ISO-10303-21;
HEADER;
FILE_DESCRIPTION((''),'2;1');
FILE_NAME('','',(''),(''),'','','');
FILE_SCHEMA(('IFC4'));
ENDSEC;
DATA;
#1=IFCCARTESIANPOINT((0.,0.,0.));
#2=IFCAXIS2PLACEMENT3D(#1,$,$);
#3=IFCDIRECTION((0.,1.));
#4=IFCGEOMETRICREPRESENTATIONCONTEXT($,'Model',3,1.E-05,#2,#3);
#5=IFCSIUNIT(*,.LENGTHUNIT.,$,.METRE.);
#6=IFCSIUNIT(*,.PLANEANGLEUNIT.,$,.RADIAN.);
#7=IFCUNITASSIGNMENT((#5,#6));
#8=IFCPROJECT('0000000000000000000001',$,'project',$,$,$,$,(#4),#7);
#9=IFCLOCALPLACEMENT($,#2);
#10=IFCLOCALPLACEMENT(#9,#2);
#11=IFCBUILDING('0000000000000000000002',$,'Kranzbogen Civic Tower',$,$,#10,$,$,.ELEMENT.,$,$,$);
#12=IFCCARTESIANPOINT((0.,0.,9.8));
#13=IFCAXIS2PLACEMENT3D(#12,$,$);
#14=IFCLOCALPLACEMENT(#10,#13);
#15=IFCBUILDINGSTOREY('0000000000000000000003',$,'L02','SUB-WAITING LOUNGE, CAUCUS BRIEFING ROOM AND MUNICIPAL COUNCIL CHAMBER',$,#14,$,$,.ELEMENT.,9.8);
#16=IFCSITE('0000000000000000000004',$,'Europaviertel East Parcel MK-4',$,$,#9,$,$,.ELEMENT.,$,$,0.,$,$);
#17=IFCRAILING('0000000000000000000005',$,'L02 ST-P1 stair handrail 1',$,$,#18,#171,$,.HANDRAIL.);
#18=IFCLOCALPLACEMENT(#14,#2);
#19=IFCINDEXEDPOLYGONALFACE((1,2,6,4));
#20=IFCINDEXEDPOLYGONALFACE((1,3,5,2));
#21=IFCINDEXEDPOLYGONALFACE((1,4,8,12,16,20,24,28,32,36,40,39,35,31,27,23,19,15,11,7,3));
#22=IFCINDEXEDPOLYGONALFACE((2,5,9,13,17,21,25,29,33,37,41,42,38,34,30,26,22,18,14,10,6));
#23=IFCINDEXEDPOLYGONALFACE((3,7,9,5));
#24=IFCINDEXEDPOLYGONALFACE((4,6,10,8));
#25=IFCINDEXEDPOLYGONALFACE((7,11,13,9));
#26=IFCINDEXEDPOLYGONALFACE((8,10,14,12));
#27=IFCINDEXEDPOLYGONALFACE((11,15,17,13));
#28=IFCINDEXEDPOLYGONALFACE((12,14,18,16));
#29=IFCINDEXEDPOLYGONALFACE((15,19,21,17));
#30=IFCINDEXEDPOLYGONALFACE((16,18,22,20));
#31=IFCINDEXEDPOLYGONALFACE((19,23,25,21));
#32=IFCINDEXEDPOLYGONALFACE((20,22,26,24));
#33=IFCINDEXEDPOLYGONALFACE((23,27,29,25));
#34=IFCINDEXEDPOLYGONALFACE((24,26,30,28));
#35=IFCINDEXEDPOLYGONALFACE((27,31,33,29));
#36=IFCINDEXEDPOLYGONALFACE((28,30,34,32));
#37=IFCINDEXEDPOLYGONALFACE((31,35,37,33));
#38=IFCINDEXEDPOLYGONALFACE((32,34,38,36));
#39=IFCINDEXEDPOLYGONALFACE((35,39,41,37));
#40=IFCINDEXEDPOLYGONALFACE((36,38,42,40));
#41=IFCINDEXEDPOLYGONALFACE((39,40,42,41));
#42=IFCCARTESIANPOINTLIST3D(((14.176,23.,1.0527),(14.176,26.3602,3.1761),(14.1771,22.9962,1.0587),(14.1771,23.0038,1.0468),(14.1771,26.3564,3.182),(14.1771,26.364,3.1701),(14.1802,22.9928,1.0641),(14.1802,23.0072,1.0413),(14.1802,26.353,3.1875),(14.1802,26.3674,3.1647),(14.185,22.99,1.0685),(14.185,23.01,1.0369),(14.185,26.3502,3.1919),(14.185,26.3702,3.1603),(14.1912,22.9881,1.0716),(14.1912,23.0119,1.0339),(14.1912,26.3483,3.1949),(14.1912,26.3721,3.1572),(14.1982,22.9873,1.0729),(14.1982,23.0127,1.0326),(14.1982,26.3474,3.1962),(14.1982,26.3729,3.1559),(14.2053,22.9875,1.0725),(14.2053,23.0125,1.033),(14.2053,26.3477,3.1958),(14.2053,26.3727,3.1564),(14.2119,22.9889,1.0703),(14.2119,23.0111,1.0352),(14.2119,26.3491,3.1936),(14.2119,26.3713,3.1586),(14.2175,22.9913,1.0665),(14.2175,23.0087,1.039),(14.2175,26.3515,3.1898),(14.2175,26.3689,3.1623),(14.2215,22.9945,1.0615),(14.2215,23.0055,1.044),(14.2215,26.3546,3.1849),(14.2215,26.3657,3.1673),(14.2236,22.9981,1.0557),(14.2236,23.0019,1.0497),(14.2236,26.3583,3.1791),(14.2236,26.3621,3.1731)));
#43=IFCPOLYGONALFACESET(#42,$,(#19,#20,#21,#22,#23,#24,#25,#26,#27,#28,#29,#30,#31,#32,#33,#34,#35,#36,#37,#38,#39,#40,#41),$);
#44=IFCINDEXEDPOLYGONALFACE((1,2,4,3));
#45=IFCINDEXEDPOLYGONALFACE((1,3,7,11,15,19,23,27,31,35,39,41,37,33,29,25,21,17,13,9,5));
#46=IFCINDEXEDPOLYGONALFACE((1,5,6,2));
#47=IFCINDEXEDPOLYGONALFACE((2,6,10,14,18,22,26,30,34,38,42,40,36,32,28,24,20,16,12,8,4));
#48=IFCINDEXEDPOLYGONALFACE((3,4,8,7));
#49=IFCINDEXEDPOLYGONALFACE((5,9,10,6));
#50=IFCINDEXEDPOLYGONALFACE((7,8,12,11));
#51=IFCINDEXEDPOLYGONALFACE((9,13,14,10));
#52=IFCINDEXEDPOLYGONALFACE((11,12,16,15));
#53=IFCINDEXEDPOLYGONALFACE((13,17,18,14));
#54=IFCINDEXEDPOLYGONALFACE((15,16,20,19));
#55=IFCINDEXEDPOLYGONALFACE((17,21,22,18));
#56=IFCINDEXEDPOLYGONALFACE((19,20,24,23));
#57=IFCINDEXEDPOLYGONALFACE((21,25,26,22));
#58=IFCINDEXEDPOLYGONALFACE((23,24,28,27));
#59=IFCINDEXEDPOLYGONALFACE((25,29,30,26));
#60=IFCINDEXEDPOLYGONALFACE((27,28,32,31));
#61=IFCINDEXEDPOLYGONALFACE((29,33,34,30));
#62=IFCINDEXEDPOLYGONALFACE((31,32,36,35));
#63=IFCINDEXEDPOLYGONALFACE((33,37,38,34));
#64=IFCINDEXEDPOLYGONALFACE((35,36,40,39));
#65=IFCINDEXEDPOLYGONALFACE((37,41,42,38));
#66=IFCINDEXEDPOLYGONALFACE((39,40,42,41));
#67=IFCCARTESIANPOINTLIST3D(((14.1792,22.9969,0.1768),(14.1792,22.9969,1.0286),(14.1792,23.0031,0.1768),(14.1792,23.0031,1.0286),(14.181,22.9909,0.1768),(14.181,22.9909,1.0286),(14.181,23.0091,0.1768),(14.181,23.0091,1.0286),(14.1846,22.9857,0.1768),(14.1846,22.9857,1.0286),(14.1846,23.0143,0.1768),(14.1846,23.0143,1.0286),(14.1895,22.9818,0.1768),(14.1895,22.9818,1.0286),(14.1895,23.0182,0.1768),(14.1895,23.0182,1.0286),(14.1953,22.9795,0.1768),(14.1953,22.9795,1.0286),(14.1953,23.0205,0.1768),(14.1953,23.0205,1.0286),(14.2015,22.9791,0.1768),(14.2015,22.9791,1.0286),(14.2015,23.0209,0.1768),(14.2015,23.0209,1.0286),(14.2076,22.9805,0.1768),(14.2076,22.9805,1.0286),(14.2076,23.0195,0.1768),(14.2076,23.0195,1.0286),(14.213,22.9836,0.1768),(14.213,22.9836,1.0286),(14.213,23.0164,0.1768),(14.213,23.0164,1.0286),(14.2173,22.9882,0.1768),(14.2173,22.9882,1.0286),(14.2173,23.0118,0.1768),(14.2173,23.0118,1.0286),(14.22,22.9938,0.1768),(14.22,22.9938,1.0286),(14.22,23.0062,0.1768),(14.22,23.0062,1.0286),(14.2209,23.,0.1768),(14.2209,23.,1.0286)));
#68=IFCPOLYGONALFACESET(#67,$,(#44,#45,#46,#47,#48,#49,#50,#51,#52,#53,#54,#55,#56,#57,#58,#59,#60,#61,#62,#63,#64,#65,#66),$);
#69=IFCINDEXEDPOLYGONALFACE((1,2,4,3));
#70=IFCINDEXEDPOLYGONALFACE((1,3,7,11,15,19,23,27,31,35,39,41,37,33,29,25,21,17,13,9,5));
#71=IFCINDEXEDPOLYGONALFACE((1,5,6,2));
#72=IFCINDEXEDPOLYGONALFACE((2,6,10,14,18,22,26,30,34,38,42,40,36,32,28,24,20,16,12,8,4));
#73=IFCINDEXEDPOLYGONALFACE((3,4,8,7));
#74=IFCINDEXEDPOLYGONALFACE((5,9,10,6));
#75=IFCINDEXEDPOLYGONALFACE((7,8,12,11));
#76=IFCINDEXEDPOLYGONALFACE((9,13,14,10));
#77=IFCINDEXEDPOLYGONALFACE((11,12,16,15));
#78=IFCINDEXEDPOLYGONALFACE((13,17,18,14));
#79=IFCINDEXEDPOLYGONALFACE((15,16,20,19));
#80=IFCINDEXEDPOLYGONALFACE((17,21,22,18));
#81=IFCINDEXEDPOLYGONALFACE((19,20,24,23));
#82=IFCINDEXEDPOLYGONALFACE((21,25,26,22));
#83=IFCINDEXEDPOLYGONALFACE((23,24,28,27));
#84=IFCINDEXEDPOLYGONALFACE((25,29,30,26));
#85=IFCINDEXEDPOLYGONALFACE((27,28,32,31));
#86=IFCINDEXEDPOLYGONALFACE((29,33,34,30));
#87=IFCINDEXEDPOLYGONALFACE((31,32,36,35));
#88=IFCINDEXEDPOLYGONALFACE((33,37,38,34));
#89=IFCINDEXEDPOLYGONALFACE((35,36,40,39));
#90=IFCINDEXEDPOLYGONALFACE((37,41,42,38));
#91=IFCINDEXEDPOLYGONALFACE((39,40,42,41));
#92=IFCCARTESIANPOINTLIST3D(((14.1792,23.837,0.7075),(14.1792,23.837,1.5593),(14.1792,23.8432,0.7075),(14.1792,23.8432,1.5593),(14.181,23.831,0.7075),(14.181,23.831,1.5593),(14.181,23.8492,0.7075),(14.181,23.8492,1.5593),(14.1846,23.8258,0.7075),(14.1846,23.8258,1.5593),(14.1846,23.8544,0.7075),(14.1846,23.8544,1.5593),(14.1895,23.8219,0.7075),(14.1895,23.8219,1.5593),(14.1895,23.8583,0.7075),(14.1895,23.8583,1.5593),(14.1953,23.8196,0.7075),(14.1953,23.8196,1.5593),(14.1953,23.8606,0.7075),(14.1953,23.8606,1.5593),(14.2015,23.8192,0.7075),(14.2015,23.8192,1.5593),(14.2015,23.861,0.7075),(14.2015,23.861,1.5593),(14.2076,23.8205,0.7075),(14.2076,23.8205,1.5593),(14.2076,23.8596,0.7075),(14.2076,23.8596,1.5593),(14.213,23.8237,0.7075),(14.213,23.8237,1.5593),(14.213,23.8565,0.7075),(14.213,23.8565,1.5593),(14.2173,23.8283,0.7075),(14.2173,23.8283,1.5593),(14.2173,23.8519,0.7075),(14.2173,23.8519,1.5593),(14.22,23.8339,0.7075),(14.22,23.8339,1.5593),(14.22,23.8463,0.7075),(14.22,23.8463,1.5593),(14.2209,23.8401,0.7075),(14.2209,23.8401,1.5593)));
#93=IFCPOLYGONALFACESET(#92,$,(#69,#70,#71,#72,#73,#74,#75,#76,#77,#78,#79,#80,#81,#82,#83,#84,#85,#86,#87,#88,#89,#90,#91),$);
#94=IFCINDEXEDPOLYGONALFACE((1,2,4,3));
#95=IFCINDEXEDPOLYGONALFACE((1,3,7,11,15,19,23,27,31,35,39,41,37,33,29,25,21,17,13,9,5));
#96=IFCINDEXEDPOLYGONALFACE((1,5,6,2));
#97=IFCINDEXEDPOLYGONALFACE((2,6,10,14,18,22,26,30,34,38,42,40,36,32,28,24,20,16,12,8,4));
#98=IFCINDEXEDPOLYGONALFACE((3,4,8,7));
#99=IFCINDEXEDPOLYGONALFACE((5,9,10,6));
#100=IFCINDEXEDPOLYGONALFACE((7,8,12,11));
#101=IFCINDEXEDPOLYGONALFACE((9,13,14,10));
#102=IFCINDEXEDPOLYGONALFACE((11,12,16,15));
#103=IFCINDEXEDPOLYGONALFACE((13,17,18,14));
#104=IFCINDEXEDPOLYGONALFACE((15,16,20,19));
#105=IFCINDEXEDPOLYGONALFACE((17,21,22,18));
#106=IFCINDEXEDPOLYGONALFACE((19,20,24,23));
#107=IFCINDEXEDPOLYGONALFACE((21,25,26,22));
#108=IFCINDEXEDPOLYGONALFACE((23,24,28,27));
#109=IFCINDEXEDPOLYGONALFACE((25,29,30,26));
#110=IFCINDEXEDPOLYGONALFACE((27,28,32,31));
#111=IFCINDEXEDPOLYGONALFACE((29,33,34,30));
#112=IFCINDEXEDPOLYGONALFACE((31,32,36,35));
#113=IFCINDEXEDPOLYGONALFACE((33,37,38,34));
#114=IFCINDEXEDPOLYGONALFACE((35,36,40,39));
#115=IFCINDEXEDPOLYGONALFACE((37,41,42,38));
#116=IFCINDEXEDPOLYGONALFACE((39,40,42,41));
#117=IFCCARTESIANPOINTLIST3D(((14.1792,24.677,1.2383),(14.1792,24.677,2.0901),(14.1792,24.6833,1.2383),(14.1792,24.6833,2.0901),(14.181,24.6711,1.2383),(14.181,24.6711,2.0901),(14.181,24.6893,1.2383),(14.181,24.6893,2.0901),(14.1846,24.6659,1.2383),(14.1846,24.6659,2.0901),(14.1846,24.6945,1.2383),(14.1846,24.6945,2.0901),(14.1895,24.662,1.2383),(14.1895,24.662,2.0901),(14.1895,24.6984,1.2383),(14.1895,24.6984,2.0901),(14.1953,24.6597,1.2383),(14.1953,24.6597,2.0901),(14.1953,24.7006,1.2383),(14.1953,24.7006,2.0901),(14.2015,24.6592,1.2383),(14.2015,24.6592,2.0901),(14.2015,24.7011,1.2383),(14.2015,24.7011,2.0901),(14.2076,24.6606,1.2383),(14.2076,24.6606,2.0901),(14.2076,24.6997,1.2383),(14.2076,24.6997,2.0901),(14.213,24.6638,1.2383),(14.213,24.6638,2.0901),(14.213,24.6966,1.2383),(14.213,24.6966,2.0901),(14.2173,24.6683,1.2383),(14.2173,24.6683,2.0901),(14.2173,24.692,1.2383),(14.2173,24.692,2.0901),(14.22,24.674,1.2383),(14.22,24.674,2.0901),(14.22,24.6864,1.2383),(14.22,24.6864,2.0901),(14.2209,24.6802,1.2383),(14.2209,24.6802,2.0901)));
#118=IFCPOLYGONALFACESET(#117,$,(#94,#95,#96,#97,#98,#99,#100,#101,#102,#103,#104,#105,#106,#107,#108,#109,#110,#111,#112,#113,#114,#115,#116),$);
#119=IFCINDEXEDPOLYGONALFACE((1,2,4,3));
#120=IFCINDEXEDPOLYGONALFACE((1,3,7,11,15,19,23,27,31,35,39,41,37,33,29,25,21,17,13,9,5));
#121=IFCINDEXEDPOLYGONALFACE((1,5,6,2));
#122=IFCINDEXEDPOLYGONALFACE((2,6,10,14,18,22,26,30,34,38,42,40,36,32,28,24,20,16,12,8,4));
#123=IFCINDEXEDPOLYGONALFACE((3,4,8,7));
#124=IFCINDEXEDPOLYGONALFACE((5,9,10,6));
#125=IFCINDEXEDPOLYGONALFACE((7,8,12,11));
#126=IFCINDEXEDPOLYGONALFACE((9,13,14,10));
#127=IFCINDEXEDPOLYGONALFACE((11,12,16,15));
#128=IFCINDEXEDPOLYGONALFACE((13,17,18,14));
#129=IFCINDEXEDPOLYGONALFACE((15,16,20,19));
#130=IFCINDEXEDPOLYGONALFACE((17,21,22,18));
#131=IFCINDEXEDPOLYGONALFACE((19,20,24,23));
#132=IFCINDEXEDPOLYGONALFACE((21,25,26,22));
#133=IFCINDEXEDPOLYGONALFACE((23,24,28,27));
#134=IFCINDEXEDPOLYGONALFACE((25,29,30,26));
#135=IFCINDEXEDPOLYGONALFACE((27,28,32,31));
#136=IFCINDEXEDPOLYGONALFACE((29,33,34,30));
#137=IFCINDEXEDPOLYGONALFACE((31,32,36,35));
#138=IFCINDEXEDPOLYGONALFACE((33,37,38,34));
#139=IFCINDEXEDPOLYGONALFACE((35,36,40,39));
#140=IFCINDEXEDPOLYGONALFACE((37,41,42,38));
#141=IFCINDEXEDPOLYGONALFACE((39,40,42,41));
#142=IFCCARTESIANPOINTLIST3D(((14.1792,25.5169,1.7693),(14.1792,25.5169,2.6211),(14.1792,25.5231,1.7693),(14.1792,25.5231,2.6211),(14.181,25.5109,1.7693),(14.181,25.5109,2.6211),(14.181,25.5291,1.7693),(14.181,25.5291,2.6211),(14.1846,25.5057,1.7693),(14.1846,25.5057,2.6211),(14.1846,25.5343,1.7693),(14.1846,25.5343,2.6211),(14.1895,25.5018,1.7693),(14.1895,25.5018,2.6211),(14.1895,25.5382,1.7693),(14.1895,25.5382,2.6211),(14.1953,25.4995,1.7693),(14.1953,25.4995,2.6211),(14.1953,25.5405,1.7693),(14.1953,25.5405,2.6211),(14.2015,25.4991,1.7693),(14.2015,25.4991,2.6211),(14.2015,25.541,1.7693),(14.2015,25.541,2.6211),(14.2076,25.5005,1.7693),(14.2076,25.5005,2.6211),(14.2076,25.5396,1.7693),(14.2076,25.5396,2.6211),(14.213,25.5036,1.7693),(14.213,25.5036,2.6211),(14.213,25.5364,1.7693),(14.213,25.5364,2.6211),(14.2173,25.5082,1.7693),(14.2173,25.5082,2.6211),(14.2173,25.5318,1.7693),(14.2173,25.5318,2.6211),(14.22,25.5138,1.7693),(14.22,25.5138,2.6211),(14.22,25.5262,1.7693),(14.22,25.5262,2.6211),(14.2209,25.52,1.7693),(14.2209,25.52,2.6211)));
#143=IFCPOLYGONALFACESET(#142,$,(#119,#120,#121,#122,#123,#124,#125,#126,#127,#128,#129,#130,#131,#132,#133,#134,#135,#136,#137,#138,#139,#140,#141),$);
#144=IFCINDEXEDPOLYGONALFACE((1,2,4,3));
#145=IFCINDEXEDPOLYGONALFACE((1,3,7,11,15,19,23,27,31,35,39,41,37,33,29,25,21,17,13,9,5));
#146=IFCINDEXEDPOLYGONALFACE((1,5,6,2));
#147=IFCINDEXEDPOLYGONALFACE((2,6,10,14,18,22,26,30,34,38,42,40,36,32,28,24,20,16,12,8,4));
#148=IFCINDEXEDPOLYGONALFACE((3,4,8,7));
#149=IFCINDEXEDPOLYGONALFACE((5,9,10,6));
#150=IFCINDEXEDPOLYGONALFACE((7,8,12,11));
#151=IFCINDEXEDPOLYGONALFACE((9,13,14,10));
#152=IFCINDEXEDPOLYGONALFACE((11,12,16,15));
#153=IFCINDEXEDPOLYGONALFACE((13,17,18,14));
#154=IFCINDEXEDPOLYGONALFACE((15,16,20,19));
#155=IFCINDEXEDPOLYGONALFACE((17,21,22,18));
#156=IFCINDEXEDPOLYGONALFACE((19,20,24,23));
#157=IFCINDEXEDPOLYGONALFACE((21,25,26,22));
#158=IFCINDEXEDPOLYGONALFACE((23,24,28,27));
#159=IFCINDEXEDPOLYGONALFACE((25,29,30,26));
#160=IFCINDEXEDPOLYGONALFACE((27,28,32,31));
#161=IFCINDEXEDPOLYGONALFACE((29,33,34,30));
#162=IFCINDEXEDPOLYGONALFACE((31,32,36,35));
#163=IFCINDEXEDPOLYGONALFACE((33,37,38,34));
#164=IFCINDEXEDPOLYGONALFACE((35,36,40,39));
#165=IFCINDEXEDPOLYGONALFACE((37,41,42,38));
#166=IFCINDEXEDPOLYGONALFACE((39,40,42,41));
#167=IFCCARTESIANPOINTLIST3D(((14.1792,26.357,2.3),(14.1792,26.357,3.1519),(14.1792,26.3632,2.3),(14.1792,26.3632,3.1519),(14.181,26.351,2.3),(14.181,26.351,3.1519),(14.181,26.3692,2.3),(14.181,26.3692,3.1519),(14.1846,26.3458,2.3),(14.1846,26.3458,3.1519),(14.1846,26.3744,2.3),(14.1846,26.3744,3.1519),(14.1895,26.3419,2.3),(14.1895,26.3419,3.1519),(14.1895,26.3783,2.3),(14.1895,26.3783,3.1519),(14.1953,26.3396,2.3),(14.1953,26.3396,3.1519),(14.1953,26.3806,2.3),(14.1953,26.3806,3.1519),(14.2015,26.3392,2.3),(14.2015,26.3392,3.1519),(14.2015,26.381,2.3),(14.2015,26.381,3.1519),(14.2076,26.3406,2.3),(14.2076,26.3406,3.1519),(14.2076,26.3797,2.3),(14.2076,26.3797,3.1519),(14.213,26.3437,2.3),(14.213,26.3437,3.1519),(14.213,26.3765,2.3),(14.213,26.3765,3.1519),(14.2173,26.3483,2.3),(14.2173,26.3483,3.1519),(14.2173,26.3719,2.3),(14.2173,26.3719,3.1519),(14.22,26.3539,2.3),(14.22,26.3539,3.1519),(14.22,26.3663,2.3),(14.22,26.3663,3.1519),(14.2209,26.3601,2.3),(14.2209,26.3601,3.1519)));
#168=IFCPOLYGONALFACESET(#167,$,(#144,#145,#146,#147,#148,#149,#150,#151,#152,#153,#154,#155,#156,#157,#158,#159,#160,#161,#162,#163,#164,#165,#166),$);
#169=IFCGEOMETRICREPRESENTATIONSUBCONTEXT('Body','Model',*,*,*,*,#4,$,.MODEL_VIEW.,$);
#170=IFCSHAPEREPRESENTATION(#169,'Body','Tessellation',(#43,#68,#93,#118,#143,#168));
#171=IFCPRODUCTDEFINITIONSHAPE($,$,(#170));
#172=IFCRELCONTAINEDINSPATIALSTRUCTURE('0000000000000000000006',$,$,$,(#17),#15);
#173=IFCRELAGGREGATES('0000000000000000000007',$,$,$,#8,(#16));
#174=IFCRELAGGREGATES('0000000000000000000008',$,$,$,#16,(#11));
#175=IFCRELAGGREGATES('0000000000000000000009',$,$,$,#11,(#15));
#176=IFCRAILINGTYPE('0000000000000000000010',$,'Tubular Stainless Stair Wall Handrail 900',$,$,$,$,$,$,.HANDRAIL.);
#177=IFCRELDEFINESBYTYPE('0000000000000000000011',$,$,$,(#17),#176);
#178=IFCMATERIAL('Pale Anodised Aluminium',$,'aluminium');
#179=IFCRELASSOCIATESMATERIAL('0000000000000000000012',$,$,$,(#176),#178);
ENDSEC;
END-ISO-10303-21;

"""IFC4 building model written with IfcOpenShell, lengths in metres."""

from ifc_helpers import new_model, si_unit, direction, frame, origin, origin_2d, place, context, subcontext, project, spatial, circle, extrude, material, type_object, element, save


model = new_model("IFC4")

# Units and contexts
model_context = context("Model", 3, precision=1e-05, world=origin(), true_north=direction((0.0, 1.0)))
body_context = subcontext(model_context, "Body", "Model", "MODEL_VIEW")
ifc_project = project(units=[si_unit("LENGTHUNIT", "METRE"), si_unit("PLANEANGLEUNIT", "RADIAN")], contexts=[model_context])

# Site, building, storey
site_placement = place(None, origin())
site = spatial("IfcSite", under=ifc_project, at=site_placement, Name="Europaviertel East Parcel MK-4", CompositionType="ELEMENT", RefElevation=0.0)
building_placement = place(site_placement, origin())
building = spatial("IfcBuilding", under=site, at=building_placement, Name="Kranzbogen Civic Tower", CompositionType="ELEMENT")
storey_placement = place(building_placement, frame((0.0, 0.0, 9.8)))
storey = spatial("IfcBuildingStorey", under=building, at=storey_placement, Name="L02", Description="SUB-WAITING LOUNGE, CAUCUS BRIEFING ROOM AND MUNICIPAL COUNCIL CHAMBER", CompositionType="ELEMENT", Elevation=9.8)

# Shared definitions
ifc_material_1 = material(Name="Pale Anodised Aluminium", Category="aluminium")

# Railing
railing_type_1 = type_object("IfcRailingType", Name="Tubular Stainless Stair Wall Handrail 900", PredefinedType="HANDRAIL", material=ifc_material_1)
railing_1_placement = place(storey_placement, frame((14.2, 23.0, 0.1768)))
element("IfcRailing", 1, at=railing_1_placement, inside=storey, type_object=railing_type_1, Name="L02 ST-P1 stair handrail 1", PredefinedType="HANDRAIL", context=body_context, shape_type="SweptSolid", body=[
    extrude(circle(Radius=0.0239, at=origin_2d()), frame((0.0, 0.0, 0.876), z_axis=(0.0, 0.845362, 0.534194), x_axis=(-1.0, 0.0, 0.0)), (0.0, 0.0, 1.0), 3.9749),
    extrude(circle(Radius=0.021, at=origin_2d()), origin(), (0.0, 0.0, 1.0), 0.8518),
    extrude(circle(Radius=0.021, at=origin_2d()), frame((0.0, 0.8401, 0.5308)), (0.0, 0.0, 1.0), 0.8518),
    extrude(circle(Radius=0.021, at=origin_2d()), frame((0.0, 1.6802, 1.0615)), (0.0, 0.0, 1.0), 0.8518),
    extrude(circle(Radius=0.021, at=origin_2d()), frame((0.0, 2.52, 1.5925)), (0.0, 0.0, 1.0), 0.8518),
    extrude(circle(Radius=0.021, at=origin_2d()), frame((0.0, 3.3601, 2.1233)), (0.0, 0.0, 1.0), 0.8518),
])

save(model, "model.ifc")
